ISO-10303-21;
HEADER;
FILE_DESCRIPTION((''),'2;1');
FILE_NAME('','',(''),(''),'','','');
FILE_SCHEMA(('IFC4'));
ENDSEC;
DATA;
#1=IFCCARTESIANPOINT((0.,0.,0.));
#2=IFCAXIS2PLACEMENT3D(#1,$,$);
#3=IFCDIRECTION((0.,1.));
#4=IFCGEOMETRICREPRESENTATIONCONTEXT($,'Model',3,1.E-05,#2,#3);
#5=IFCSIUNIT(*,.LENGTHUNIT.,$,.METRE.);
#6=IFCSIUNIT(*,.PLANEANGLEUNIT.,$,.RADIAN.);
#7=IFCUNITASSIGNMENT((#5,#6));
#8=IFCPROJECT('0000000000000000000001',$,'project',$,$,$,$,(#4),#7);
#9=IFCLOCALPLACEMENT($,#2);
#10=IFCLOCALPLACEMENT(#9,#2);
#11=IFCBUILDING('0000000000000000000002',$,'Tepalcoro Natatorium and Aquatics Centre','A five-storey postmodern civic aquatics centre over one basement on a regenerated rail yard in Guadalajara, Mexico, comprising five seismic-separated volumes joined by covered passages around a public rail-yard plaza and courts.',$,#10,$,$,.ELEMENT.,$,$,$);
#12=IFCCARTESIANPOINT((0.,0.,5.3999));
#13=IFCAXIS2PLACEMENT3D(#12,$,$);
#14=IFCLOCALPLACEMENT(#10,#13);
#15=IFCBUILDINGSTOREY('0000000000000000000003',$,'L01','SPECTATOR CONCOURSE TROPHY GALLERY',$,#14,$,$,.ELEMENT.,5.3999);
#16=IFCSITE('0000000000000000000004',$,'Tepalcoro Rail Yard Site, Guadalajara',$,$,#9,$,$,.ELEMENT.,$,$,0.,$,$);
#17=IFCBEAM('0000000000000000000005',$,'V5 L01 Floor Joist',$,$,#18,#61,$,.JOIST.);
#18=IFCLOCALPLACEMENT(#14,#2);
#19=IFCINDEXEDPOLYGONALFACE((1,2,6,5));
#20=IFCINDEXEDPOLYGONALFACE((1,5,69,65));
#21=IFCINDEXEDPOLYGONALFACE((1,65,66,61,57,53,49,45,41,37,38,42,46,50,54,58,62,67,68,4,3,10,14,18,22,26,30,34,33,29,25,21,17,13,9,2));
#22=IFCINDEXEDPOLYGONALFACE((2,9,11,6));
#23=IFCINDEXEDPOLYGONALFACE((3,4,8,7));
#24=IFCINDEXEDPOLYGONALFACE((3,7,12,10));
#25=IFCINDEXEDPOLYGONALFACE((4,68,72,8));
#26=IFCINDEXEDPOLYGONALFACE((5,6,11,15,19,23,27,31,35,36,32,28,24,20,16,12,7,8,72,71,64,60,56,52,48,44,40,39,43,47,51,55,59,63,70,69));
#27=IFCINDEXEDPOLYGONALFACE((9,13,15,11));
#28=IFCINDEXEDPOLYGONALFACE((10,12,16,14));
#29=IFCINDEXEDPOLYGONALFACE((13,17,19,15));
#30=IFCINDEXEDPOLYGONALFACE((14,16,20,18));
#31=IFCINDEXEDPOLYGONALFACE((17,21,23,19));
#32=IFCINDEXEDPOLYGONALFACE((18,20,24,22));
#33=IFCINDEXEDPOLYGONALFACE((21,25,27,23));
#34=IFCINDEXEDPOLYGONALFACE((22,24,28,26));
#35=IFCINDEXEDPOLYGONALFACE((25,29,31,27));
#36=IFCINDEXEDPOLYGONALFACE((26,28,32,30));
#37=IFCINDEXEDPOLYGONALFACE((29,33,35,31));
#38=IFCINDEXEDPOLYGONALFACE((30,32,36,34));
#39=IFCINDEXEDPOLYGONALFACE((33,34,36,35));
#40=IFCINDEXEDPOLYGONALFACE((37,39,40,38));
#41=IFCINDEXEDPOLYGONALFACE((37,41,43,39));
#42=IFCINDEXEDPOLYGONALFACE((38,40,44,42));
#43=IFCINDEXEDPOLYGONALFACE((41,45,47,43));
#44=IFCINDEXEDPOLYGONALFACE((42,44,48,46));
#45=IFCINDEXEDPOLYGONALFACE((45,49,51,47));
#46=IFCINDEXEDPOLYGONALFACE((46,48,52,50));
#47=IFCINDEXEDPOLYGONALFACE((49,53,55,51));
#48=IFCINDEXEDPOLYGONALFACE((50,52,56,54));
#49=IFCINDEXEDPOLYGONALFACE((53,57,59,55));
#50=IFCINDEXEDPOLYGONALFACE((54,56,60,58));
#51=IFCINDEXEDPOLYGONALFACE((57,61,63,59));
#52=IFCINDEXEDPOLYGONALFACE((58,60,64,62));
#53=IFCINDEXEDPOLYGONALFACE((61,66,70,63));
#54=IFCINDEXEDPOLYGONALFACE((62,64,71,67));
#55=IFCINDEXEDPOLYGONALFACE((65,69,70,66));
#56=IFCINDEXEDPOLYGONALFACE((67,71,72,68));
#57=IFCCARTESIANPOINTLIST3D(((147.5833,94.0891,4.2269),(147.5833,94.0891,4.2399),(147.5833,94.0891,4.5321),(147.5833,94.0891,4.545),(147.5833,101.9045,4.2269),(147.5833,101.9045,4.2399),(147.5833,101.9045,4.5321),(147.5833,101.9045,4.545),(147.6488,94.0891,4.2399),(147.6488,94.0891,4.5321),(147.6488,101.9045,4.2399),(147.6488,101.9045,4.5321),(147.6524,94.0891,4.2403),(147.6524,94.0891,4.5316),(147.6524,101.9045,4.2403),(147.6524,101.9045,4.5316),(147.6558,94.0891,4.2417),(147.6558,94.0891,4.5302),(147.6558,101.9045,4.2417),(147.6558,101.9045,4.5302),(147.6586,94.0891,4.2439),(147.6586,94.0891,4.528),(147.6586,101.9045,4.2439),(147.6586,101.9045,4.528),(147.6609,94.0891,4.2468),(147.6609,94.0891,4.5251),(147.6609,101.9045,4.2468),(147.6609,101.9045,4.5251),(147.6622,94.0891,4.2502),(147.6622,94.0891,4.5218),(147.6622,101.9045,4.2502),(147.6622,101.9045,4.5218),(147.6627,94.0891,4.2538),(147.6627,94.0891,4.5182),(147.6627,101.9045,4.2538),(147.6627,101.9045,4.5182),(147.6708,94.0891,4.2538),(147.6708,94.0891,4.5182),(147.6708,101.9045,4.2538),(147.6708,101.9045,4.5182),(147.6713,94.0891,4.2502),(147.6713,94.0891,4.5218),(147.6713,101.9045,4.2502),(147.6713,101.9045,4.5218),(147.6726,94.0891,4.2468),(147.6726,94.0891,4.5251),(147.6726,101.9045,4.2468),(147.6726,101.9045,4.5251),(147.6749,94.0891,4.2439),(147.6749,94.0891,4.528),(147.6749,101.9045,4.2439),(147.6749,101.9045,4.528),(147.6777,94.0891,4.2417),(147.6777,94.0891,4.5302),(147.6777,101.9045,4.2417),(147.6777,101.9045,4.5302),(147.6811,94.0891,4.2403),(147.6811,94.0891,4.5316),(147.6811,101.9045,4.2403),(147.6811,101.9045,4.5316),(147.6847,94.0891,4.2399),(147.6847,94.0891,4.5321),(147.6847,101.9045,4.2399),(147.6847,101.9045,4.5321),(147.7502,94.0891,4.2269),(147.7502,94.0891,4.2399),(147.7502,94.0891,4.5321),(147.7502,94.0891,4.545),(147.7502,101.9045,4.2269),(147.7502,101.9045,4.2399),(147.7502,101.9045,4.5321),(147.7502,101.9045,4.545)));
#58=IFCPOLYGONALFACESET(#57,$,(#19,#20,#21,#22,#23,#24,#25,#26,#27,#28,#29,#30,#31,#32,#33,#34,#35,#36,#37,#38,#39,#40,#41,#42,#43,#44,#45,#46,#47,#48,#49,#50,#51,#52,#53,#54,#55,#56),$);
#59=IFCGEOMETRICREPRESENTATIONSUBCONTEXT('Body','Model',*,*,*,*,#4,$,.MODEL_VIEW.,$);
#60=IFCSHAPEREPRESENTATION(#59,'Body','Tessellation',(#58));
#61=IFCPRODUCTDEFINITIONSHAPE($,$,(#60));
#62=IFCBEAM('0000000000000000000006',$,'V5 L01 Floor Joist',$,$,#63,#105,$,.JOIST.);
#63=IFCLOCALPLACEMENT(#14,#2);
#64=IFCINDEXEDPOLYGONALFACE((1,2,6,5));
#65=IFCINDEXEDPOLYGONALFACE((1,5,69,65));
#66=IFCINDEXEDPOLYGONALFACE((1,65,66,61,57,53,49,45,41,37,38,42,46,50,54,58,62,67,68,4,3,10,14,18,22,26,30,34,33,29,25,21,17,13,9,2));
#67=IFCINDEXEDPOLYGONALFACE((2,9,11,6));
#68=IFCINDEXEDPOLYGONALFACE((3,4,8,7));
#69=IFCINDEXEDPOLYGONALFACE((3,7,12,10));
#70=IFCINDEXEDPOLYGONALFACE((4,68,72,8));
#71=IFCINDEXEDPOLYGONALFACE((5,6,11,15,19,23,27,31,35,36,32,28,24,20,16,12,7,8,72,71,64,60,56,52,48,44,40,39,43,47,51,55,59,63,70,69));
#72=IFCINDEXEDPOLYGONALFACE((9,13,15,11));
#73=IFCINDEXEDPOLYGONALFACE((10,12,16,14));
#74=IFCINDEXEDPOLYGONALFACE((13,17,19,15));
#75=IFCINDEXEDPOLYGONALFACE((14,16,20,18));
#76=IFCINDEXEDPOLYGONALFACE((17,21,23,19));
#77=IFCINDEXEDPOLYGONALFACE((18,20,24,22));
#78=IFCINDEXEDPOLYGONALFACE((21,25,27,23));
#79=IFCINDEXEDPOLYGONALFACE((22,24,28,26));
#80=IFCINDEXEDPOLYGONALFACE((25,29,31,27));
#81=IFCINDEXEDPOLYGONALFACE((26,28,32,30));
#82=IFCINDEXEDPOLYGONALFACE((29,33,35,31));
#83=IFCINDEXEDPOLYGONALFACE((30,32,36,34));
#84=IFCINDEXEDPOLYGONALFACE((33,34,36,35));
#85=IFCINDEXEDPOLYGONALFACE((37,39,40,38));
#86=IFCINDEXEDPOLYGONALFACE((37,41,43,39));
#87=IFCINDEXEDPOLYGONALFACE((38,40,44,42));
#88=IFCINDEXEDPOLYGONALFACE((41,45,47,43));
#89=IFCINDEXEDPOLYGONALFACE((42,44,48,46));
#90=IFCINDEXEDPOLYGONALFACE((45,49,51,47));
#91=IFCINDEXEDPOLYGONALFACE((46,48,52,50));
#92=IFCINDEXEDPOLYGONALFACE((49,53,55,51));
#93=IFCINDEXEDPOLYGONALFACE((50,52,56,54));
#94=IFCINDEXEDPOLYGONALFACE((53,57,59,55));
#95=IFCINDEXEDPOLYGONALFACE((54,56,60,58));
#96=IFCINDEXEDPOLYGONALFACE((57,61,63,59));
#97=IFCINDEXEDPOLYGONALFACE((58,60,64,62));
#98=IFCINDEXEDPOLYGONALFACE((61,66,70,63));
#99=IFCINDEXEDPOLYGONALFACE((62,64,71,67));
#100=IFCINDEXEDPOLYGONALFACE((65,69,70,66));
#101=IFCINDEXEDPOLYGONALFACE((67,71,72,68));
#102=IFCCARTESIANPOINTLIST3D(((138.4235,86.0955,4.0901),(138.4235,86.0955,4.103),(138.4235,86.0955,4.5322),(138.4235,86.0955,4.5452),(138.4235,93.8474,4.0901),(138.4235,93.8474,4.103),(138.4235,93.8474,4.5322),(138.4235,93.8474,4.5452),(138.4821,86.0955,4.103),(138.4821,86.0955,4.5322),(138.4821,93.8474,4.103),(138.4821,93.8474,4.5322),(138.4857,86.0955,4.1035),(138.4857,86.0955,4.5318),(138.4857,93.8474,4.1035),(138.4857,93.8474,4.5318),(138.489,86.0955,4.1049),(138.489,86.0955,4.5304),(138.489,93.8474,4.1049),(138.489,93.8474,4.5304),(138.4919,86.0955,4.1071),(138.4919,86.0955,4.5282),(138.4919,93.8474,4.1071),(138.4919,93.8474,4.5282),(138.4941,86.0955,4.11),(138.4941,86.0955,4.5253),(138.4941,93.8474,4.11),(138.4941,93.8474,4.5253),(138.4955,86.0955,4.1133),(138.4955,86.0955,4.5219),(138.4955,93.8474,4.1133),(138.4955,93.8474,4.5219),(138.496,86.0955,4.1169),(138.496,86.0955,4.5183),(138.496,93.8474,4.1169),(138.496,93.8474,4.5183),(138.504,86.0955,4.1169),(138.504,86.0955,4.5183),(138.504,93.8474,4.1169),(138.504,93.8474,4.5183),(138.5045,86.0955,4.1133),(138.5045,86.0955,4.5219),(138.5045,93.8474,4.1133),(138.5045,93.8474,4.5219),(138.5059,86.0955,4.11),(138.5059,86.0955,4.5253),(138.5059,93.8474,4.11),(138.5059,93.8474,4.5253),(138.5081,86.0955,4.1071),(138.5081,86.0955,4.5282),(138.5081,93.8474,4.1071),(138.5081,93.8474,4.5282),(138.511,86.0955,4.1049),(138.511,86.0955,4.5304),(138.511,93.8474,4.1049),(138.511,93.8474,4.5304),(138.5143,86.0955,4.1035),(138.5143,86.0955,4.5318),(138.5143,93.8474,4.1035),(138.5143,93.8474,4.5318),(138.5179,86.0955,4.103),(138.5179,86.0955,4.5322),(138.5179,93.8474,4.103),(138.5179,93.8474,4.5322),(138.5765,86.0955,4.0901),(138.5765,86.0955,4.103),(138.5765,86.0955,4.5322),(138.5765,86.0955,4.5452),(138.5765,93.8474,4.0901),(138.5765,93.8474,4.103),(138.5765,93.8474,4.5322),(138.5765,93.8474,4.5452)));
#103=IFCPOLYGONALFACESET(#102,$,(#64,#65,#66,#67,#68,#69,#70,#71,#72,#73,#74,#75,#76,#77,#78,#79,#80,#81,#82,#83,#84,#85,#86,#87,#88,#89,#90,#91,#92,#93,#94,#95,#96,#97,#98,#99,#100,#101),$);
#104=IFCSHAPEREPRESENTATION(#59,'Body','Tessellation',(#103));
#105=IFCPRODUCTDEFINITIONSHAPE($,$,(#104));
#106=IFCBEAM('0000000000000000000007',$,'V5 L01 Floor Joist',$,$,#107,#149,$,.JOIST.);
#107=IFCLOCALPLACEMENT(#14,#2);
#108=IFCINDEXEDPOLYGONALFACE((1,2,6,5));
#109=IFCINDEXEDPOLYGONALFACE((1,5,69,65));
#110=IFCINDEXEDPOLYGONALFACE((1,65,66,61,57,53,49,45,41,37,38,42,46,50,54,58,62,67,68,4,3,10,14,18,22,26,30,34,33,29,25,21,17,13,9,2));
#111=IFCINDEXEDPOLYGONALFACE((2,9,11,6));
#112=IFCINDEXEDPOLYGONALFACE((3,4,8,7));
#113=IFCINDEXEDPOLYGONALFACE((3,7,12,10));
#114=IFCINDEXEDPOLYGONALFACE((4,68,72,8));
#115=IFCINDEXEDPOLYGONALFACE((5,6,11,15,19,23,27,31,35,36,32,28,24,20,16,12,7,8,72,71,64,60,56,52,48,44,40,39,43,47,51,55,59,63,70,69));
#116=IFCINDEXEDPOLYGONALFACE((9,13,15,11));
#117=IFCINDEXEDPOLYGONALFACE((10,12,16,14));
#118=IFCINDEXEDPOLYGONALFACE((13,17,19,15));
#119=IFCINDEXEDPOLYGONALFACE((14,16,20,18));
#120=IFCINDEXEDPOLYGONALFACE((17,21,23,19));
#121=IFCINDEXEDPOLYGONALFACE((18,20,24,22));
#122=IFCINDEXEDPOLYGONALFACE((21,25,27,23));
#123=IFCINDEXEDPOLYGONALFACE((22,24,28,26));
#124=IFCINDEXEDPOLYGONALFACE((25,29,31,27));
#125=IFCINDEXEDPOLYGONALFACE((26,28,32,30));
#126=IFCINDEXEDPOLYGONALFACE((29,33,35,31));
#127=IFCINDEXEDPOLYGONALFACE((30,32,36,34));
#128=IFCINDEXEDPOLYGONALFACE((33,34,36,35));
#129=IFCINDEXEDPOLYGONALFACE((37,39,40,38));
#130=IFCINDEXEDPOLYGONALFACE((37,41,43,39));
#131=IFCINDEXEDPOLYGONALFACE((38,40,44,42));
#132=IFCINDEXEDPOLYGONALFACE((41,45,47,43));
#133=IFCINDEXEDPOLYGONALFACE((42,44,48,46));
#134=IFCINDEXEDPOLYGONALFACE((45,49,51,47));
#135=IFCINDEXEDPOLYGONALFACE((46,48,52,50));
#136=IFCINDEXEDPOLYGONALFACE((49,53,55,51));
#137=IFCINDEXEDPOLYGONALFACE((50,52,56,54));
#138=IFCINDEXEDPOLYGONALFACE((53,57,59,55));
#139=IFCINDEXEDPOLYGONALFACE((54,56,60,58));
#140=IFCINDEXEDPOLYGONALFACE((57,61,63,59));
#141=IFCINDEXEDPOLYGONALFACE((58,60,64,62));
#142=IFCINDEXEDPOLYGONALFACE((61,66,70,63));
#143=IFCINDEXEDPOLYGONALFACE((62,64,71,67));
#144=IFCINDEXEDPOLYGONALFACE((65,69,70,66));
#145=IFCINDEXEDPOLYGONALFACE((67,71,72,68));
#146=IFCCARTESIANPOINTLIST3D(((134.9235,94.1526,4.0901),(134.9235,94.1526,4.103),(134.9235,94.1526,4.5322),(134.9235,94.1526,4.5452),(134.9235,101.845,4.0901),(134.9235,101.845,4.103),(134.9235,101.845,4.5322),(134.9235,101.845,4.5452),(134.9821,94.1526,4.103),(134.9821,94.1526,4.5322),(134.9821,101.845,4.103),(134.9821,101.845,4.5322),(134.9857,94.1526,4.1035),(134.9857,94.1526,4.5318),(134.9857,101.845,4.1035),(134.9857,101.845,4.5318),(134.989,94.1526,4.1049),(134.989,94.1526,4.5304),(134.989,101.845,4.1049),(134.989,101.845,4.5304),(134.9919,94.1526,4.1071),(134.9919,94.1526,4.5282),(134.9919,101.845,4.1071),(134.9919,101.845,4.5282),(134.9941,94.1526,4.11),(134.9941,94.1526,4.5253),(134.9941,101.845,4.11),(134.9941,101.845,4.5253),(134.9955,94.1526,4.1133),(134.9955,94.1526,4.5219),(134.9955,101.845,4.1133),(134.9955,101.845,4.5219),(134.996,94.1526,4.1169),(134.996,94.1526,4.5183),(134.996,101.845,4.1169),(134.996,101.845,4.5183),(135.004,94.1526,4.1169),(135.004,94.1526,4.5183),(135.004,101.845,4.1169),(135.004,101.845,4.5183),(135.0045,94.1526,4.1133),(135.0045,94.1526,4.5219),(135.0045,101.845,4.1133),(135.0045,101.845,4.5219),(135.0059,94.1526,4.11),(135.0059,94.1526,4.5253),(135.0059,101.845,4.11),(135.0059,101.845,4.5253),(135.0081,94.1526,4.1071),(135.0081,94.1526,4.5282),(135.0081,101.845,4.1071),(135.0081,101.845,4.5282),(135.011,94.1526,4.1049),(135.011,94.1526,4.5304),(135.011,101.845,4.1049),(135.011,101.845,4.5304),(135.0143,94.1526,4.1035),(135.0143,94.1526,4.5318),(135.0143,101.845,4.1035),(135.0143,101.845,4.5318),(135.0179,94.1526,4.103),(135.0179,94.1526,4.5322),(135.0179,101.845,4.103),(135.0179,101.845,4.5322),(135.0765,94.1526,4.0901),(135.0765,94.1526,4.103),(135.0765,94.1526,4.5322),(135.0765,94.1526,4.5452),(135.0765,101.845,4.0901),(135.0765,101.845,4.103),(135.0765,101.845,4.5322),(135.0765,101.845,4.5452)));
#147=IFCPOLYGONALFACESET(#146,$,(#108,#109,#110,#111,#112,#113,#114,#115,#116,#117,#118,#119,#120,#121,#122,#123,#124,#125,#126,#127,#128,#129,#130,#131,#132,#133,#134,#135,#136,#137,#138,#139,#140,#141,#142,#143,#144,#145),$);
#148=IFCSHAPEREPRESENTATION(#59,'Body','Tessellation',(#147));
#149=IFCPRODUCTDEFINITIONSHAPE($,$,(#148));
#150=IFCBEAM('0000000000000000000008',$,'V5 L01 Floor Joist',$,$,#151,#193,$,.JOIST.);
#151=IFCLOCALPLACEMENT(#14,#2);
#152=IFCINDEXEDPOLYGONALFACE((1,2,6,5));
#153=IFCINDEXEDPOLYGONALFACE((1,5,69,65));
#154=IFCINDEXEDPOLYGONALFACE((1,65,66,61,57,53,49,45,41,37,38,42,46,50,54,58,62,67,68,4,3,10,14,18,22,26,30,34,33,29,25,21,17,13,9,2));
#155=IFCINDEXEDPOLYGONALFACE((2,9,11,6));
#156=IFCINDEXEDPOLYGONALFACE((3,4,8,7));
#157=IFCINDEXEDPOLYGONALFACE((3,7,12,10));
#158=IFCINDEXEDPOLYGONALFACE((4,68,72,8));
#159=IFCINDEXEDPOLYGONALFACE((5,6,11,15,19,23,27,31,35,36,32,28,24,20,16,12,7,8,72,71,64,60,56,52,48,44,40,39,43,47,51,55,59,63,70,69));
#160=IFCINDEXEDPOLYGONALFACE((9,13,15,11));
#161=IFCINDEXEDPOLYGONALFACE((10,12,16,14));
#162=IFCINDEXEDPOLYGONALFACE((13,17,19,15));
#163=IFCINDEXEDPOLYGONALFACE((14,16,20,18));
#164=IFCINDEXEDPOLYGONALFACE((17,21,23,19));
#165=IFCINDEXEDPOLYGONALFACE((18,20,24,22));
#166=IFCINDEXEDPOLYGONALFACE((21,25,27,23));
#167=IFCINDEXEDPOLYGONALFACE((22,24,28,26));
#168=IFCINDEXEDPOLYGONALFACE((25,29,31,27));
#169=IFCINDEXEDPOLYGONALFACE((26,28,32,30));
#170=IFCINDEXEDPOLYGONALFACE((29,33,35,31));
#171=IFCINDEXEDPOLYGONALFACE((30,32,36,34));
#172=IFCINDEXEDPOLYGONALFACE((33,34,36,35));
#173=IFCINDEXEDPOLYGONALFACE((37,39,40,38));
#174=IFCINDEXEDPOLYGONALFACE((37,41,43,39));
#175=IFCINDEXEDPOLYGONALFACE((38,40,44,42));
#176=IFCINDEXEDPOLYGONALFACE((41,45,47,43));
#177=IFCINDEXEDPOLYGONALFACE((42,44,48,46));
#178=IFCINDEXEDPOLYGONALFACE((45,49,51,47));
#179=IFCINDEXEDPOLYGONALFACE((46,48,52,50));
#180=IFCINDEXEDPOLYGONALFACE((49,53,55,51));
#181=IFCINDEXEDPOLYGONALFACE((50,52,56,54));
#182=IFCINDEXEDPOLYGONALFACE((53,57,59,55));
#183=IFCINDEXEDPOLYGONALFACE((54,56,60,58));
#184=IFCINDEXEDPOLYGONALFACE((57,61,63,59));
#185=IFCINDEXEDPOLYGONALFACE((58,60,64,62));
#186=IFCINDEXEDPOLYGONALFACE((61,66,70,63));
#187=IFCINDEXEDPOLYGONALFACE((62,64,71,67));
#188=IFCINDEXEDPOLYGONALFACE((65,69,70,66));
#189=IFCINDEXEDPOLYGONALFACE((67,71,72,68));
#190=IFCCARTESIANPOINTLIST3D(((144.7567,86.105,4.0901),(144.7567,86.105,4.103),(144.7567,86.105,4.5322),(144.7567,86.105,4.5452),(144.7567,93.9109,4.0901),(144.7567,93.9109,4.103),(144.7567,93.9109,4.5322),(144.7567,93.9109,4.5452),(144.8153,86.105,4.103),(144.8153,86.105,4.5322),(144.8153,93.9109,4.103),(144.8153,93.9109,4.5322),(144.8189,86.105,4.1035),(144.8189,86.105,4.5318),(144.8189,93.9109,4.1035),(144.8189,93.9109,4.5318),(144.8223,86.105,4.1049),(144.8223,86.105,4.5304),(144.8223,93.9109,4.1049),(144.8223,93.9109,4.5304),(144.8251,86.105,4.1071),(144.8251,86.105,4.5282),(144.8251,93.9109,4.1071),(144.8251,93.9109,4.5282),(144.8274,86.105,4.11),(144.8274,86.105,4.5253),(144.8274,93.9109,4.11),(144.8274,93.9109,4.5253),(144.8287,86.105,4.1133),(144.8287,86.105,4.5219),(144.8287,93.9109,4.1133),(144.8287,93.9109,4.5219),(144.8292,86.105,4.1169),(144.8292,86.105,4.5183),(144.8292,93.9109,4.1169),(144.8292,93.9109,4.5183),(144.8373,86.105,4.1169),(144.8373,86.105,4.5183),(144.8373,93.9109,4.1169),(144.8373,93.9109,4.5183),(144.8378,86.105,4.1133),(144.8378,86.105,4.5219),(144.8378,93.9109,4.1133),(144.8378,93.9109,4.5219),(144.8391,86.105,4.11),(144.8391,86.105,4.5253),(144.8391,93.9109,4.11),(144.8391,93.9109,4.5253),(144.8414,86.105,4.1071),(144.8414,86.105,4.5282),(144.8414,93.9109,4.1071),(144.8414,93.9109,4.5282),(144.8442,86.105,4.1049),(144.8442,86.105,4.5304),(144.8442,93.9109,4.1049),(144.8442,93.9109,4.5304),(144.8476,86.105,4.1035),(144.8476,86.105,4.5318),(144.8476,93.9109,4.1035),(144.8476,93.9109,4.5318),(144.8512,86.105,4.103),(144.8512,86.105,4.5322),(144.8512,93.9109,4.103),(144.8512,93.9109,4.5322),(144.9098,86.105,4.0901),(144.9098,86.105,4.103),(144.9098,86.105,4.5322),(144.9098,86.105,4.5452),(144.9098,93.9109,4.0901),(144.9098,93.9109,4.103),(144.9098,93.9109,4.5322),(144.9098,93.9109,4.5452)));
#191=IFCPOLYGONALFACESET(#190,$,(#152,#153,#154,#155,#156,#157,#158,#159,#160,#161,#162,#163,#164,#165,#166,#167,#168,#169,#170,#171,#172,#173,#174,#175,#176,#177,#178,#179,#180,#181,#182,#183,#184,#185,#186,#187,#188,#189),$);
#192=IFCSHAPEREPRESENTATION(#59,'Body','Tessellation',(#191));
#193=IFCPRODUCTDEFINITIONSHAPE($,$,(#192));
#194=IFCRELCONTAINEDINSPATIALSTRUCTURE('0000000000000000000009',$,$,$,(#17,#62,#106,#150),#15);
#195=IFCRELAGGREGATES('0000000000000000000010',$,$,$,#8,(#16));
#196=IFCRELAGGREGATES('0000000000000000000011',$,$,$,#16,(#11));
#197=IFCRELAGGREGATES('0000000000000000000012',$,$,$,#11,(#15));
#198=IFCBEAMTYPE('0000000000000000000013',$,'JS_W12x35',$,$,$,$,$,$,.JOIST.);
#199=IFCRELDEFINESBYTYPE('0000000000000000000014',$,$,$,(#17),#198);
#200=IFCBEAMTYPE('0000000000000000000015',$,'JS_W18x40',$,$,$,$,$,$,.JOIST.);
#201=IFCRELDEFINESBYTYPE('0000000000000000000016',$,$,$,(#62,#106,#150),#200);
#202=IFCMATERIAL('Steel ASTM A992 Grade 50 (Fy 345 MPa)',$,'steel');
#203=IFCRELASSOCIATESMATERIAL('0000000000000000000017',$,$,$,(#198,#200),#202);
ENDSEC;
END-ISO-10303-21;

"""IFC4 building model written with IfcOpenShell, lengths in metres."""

from ifc_helpers import new_model, si_unit, direction, frame, origin, origin_2d, place, context, subcontext, project, spatial, i_section, extrude, material, material_profile, profile_set, type_object, element, save


model = new_model("IFC4")

# Units and contexts
model_context = context("Model", 3, precision=1e-05, world=origin(), true_north=direction((0.0, 1.0)))
body_context = subcontext(model_context, "Body", "Model", "MODEL_VIEW")
ifc_project = project(units=[si_unit("LENGTHUNIT", "METRE"), si_unit("PLANEANGLEUNIT", "RADIAN")], contexts=[model_context])

# Site, building, storey
site_placement = place(None, origin())
site = spatial("IfcSite", under=ifc_project, at=site_placement, Name="Tepalcoro Rail Yard Site, Guadalajara", CompositionType="ELEMENT", RefElevation=0.0)
building_placement = place(site_placement, origin())
building = spatial("IfcBuilding", under=site, at=building_placement, Name="Tepalcoro Natatorium and Aquatics Centre", Description="A five-storey postmodern civic aquatics centre over one basement on a regenerated rail yard in Guadalajara, Mexico, comprising five seismic-separated volumes joined by covered passages around a public rail-yard plaza and courts.", CompositionType="ELEMENT")
storey_placement = place(building_placement, frame((0.0, 0.0, 5.3999)))
storey = spatial("IfcBuildingStorey", under=building, at=storey_placement, Name="L01", Description="SPECTATOR CONCOURSE TROPHY GALLERY", CompositionType="ELEMENT", Elevation=5.3999)

# Beams
ifc_material_1 = material(Name="Steel ASTM A992 Grade 50 (Fy 345 MPa)", Category="steel")
ifc_material_profile_1 = material_profile(ifc_material_1, i_section(OverallWidth=0.167, OverallDepth=0.3181, WebThickness=0.0081, FlangeThickness=0.0129, FilletRadius=0.0139, at=origin_2d()), Name="W12X35")
ifc_profile_set_1 = profile_set([ifc_material_profile_1], Name="Steel ASTM A992 Grade 50 (Fy 345 MPa)")
beam_type_1 = type_object("IfcBeamType", Name="JS_W12x35", PredefinedType="JOIST", material=ifc_profile_set_1)
beam_1_placement = place(storey_placement, frame((147.6667, 94.0891, 4.386), z_axis=(0.0, 1.0, 0.0), x_axis=(-1.0, 0.0, 0.0)))
element("IfcBeam", 1, at=beam_1_placement, inside=storey, type_object=beam_type_1, Name="V5 L01 Floor Joist", PredefinedType="JOIST", context=body_context, shape_type="SweptSolid", body=[
    extrude(i_section(OverallWidth=0.167, OverallDepth=0.3181, WebThickness=0.0081, FlangeThickness=0.0129, FilletRadius=0.0139, at=origin_2d()), origin(), (0.0, 0.0, 1.0), 7.8154),
])
ifc_material_profile_2 = material_profile(ifc_material_1, i_section(OverallWidth=0.1531, OverallDepth=0.4551, WebThickness=0.0081, FlangeThickness=0.0129, FilletRadius=0.0139, at=origin_2d()), Name="W18X40")
ifc_profile_set_2 = profile_set([ifc_material_profile_2], Name="Steel ASTM A992 Grade 50 (Fy 345 MPa)")
beam_type_2 = type_object("IfcBeamType", Name="JS_W18x40", PredefinedType="JOIST", material=ifc_profile_set_2)
beam_2_placement = place(storey_placement, frame((138.5, 86.0955, 4.3176), z_axis=(0.0, 1.0, 0.0), x_axis=(-1.0, 0.0, 0.0)))
element("IfcBeam", 2, at=beam_2_placement, inside=storey, type_object=beam_type_2, Name="V5 L01 Floor Joist", PredefinedType="JOIST", context=body_context, shape_type="SweptSolid", body=[
    extrude(i_section(OverallWidth=0.1531, OverallDepth=0.4551, WebThickness=0.0081, FlangeThickness=0.0129, FilletRadius=0.0139, at=origin_2d()), origin(), (0.0, 0.0, 1.0), 7.752),
])
beam_3_placement = place(storey_placement, frame((135.0, 94.1526, 4.3176), z_axis=(0.0, 1.0, 0.0), x_axis=(-1.0, 0.0, 0.0)))
element("IfcBeam", 3, at=beam_3_placement, inside=storey, type_object=beam_type_2, Name="V5 L01 Floor Joist", PredefinedType="JOIST", context=body_context, shape_type="SweptSolid", body=[
    extrude(i_section(OverallWidth=0.1531, OverallDepth=0.4551, WebThickness=0.0081, FlangeThickness=0.0129, FilletRadius=0.0139, at=origin_2d()), origin(), (0.0, 0.0, 1.0), 7.6924),
])
beam_4_placement = place(storey_placement, frame((144.8333, 86.105, 4.3176), z_axis=(0.0, 1.0, 0.0), x_axis=(-1.0, 0.0, 0.0)))
element("IfcBeam", 4, at=beam_4_placement, inside=storey, type_object=beam_type_2, Name="V5 L01 Floor Joist", PredefinedType="JOIST", context=body_context, shape_type="SweptSolid", body=[
    extrude(i_section(OverallWidth=0.1531, OverallDepth=0.4551, WebThickness=0.0081, FlangeThickness=0.0129, FilletRadius=0.0139, at=origin_2d()), origin(), (0.0, 0.0, 1.0), 7.8059),
])

save(model, "model.ifc")
